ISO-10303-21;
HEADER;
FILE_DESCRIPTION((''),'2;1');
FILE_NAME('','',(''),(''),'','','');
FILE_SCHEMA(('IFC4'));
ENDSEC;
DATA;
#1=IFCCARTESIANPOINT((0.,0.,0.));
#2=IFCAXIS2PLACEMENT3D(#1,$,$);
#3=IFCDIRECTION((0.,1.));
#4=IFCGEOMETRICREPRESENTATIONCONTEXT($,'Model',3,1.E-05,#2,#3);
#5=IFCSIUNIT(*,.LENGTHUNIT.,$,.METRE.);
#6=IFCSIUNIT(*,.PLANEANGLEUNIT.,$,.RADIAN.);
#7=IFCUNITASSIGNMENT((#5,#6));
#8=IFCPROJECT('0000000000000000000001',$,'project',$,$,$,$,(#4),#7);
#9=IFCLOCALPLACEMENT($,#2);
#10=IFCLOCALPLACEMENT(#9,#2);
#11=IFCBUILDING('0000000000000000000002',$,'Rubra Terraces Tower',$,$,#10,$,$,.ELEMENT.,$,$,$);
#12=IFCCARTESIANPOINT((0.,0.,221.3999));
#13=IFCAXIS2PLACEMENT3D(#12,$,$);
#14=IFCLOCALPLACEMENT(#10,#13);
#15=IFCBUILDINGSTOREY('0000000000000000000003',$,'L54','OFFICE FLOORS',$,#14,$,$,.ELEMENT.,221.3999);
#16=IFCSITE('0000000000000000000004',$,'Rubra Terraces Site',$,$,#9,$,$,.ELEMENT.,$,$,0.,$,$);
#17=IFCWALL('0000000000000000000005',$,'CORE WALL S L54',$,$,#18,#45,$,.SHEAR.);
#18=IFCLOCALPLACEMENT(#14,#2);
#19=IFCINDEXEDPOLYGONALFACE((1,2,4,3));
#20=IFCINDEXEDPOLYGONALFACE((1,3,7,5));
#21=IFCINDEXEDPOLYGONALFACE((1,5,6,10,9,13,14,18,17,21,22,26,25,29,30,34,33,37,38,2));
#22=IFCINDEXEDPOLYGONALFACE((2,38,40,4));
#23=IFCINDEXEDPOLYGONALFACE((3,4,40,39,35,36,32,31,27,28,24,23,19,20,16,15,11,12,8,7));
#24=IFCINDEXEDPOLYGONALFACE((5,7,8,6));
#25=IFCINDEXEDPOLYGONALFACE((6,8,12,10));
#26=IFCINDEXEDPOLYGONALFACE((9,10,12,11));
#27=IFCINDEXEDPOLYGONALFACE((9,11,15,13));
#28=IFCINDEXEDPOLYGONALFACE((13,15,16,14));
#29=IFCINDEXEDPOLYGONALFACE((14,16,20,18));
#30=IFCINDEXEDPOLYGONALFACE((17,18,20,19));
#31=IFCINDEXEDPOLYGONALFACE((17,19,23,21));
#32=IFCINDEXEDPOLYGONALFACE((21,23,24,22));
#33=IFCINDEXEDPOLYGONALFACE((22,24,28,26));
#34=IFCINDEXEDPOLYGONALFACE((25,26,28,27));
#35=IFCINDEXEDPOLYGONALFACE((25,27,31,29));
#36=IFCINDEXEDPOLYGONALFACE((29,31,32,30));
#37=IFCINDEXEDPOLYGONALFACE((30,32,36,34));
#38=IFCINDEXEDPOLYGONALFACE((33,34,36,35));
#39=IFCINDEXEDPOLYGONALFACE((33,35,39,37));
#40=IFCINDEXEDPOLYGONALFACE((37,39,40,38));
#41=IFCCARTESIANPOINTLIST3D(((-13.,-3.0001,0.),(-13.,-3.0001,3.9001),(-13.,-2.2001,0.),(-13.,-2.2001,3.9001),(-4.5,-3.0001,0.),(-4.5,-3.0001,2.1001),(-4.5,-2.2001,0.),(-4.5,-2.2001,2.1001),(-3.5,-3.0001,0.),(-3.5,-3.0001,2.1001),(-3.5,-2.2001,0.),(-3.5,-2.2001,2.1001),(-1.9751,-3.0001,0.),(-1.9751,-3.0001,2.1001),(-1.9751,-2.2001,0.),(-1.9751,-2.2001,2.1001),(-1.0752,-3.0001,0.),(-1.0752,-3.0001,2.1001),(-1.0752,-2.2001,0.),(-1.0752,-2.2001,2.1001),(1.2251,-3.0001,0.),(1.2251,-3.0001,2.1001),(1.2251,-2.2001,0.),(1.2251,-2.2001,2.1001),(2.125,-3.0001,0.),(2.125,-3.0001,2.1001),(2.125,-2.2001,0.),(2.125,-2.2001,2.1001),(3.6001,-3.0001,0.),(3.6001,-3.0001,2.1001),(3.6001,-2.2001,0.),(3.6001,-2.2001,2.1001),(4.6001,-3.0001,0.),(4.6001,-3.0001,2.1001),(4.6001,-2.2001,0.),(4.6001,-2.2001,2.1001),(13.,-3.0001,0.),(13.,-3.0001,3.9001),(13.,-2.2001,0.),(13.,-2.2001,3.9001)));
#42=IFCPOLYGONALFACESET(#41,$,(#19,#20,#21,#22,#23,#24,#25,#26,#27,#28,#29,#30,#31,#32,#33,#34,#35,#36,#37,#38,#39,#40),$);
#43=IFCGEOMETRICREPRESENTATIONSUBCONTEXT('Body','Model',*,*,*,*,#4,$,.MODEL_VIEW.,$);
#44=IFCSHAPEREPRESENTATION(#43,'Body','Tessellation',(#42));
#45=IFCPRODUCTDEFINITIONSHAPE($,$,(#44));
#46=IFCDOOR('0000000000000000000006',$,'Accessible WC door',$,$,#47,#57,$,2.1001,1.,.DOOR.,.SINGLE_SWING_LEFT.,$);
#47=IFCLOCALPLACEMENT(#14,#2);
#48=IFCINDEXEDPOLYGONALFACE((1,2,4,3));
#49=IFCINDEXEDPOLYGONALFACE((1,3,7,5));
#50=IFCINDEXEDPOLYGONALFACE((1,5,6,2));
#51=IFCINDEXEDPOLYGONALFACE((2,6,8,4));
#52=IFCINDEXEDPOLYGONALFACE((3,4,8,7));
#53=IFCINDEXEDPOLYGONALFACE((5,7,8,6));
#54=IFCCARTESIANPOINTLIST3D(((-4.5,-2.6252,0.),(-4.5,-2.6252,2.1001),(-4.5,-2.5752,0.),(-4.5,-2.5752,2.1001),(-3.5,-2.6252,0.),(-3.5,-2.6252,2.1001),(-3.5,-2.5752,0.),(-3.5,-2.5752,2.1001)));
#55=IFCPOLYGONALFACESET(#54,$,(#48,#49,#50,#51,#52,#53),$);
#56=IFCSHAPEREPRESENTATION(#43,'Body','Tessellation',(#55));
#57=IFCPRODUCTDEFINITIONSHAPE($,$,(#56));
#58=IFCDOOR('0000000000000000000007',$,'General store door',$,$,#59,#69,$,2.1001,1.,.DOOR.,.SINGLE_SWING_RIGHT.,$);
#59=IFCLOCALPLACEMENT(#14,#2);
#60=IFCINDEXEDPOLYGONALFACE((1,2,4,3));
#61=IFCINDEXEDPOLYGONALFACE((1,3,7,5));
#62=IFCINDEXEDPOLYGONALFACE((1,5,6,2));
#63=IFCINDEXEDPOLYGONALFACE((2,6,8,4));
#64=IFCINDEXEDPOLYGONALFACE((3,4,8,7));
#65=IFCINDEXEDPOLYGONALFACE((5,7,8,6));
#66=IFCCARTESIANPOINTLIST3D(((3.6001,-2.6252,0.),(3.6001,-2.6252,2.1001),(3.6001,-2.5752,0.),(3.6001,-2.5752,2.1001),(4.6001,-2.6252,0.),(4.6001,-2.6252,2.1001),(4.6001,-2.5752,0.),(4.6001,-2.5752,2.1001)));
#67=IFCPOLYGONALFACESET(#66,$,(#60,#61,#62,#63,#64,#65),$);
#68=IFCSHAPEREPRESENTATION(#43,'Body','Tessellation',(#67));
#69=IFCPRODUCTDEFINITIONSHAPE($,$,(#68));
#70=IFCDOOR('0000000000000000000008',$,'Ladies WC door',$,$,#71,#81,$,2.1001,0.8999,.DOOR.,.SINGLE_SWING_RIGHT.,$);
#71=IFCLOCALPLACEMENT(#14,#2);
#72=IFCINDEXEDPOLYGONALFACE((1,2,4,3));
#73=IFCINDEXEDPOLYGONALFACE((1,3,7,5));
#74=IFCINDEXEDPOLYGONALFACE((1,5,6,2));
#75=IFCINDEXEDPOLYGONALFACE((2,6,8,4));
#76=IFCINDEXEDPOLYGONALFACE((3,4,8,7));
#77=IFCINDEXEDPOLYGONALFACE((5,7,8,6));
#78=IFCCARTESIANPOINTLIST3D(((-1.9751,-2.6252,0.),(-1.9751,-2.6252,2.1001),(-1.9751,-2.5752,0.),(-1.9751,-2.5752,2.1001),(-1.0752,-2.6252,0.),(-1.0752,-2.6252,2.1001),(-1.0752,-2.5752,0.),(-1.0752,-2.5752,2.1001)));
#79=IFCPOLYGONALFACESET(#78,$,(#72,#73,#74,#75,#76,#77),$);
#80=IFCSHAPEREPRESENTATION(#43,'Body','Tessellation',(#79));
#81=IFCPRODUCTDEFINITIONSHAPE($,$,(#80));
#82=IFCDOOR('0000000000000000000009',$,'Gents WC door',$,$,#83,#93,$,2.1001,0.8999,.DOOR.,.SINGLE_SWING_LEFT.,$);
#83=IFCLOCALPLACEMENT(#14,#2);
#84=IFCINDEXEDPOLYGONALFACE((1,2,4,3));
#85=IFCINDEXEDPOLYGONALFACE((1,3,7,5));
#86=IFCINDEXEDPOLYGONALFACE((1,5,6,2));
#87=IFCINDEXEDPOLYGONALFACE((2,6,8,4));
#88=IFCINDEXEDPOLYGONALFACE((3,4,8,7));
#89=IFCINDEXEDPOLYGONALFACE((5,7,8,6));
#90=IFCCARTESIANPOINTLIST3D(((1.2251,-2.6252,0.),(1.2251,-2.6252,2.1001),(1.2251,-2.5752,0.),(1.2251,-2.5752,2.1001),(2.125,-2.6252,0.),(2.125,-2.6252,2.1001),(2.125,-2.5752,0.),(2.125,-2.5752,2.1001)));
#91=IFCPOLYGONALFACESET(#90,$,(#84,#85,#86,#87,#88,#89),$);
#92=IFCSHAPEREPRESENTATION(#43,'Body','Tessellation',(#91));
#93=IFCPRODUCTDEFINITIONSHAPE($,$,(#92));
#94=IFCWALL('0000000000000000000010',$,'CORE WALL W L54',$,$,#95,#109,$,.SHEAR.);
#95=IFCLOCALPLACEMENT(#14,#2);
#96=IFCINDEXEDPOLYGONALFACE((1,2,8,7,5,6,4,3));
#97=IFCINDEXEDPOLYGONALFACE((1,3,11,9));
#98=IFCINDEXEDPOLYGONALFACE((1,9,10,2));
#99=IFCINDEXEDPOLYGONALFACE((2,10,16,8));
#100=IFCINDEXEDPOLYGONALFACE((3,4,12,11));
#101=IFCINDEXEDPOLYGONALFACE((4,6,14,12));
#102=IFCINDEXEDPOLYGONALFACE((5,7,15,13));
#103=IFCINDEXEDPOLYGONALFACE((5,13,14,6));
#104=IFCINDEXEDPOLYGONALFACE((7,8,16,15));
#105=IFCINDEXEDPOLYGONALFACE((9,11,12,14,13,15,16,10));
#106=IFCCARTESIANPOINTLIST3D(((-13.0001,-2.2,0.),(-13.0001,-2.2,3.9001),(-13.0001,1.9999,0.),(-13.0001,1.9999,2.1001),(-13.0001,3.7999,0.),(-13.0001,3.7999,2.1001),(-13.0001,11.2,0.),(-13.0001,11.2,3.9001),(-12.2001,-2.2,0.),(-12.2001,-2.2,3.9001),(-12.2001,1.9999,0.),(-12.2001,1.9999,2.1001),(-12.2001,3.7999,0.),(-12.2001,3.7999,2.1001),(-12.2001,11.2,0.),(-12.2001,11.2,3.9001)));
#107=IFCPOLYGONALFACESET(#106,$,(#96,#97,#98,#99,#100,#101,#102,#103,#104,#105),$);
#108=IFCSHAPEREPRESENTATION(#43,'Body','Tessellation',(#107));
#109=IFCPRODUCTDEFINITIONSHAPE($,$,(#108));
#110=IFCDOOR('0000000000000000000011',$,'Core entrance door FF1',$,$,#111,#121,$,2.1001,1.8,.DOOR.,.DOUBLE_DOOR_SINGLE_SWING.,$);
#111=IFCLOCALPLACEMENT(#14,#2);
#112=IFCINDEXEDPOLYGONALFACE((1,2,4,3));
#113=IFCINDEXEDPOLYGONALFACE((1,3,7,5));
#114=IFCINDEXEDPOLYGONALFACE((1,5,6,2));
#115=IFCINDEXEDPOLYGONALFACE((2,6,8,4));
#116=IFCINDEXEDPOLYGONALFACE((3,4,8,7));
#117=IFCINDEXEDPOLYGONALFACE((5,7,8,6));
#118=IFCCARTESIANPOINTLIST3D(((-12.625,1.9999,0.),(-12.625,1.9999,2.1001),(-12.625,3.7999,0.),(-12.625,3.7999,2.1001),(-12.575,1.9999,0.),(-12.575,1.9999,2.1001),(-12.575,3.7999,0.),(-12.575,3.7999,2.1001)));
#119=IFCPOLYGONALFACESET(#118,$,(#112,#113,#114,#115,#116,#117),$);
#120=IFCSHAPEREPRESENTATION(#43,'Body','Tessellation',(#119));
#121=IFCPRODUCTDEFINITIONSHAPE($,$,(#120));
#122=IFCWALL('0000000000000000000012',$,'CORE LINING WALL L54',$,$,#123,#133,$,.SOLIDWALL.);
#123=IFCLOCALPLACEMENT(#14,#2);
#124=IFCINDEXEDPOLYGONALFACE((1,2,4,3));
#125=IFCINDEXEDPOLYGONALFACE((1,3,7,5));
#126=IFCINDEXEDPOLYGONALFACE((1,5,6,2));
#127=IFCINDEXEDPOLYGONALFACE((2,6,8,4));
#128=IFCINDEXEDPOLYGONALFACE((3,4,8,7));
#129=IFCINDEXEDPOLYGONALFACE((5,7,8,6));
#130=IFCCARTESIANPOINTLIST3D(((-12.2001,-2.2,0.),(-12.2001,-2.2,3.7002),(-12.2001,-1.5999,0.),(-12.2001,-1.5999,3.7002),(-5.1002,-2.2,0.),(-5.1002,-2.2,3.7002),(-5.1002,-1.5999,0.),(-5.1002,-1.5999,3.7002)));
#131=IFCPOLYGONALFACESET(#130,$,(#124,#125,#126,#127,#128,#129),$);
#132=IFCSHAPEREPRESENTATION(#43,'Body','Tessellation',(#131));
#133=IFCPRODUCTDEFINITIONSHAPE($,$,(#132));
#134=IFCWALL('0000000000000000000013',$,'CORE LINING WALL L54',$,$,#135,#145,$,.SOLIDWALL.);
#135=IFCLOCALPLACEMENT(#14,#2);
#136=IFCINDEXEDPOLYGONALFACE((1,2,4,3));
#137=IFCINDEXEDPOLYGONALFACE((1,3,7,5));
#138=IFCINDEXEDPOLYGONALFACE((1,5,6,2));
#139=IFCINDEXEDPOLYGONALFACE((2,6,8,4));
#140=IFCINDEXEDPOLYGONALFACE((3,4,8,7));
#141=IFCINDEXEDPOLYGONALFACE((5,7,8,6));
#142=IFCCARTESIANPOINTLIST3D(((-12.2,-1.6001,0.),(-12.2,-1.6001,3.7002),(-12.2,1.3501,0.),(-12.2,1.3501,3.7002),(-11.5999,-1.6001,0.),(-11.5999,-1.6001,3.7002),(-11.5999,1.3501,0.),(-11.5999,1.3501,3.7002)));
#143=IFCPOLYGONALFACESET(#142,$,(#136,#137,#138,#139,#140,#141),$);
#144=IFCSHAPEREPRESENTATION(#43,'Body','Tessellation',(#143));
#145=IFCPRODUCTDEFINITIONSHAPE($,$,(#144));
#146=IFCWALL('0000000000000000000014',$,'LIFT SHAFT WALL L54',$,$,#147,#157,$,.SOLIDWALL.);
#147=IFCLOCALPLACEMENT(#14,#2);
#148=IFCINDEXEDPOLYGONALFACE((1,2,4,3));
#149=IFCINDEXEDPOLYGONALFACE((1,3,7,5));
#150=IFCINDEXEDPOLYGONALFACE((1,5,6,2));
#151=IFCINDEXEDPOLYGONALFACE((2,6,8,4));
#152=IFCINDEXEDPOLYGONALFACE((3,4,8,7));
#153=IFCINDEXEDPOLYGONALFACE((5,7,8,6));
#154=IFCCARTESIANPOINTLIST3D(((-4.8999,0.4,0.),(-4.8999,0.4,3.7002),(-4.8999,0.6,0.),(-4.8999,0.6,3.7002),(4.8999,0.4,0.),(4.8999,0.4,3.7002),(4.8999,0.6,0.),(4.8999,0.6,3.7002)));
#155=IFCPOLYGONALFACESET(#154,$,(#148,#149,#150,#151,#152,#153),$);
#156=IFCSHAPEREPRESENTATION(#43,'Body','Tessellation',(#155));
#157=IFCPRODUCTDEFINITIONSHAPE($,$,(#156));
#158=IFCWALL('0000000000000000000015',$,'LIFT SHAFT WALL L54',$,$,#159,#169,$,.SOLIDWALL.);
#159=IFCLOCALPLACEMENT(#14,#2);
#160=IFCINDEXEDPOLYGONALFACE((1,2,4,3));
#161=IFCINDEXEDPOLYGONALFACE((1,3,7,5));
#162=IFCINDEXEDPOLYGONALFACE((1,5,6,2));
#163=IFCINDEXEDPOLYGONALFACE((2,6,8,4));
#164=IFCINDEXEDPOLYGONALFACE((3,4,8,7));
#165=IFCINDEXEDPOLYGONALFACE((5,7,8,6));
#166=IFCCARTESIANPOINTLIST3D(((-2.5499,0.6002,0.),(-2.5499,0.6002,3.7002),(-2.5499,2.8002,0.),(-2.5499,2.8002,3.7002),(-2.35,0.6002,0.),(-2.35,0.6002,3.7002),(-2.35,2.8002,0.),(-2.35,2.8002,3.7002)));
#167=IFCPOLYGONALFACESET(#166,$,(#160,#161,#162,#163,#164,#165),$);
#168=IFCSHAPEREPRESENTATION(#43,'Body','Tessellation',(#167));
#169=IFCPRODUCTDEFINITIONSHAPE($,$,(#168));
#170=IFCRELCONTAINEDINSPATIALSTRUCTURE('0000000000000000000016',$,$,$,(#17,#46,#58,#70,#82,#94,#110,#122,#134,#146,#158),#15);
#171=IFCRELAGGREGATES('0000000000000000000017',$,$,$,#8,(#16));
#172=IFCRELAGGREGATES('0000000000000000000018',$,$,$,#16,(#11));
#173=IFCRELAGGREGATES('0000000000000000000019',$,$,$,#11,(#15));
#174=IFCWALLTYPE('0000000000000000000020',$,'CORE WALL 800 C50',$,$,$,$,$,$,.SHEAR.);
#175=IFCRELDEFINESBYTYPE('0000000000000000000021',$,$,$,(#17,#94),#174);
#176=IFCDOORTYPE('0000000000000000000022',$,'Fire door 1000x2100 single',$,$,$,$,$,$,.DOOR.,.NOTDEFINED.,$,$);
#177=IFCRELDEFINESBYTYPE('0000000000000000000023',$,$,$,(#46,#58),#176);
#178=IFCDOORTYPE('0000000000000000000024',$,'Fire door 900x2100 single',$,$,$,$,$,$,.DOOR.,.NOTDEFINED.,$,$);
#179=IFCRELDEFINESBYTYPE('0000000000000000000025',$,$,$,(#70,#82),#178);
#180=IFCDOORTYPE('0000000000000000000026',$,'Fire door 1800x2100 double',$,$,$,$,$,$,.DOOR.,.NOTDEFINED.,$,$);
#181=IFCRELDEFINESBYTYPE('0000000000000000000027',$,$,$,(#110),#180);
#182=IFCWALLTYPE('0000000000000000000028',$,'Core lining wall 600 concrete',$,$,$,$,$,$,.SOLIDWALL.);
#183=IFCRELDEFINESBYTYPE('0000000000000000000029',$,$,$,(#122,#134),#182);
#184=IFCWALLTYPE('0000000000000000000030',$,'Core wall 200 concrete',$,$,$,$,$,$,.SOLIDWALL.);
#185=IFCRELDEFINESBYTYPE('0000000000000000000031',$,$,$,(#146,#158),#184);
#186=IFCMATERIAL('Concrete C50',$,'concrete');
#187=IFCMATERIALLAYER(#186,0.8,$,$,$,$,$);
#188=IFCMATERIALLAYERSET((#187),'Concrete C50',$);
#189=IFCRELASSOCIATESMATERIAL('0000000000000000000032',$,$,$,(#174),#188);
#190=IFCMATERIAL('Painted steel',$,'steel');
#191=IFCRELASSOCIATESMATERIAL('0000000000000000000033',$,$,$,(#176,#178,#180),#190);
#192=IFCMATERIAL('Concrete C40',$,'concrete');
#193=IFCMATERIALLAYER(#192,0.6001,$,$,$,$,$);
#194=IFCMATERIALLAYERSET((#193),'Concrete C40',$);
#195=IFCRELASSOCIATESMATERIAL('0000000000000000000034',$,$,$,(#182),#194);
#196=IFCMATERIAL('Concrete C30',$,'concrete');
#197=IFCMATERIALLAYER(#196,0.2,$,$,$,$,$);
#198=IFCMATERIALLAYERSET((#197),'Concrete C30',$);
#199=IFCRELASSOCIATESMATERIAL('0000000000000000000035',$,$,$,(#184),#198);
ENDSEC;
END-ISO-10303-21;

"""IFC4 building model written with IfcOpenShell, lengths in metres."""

from ifc_helpers import new_model, si_unit, direction, frame, frame_2d, origin, place, context, subcontext, project, spatial, rectangle, extrude, material, layer, layer_set, type_object, element, fill, save


model = new_model("IFC4")

# Units and contexts
model_context = context("Model", 3, precision=1e-05, world=origin(), true_north=direction((0.0, 1.0)))
body_context = subcontext(model_context, "Body", "Model", "MODEL_VIEW")
ifc_project = project(units=[si_unit("LENGTHUNIT", "METRE"), si_unit("PLANEANGLEUNIT", "RADIAN")], contexts=[model_context])

# Site, building, storey
site_placement = place(None, origin())
site = spatial("IfcSite", under=ifc_project, at=site_placement, Name="Rubra Terraces Site", CompositionType="ELEMENT", RefElevation=0.0)
building_placement = place(site_placement, origin())
building = spatial("IfcBuilding", under=site, at=building_placement, Name="Rubra Terraces Tower", CompositionType="ELEMENT")
storey_placement = place(building_placement, frame((0.0, 0.0, 221.3999)))
storey = spatial("IfcBuildingStorey", under=building, at=storey_placement, Name="L54", Description="OFFICE FLOORS", CompositionType="ELEMENT", Elevation=221.3999)

# Shared definitions
ifc_material_1 = material(Name="Concrete C40", Category="concrete")

# Wall, openings, doors
ifc_material_2 = material(Name="Concrete C50", Category="concrete")
ifc_layer_1 = layer(ifc_material_2, 0.8)
ifc_layer_set_1 = layer_set([ifc_layer_1], Name="Concrete C50")
wall_type_1 = type_object("IfcWallType", Name="CORE WALL 800 C50", PredefinedType="SHEAR", material=ifc_layer_set_1)
wall_1_placement = place(storey_placement, frame((-13.0, -2.6001, 0.0), z_axis=(0.0, 0.0, 1.0), x_axis=(1.0, 0.0, 0.0)))
wall_1 = element("IfcWall", 1, at=wall_1_placement, inside=storey, type_object=wall_type_1, Name="CORE WALL S L54", PredefinedType="SHEAR", context=body_context, shape_type="SweptSolid", body=[
    extrude(rectangle(XDim=26.0, YDim=0.8, at=frame_2d((13.0, 0.0))), origin(), (0.0, 0.0, 1.0), 3.9001),
])
opening_1_placement = place(wall_1_placement, frame((8.5, 0.0, 0.0)))
opening_1 = element("IfcOpeningElement", 2, at=opening_1_placement, cuts=wall_1, PredefinedType="OPENING", context=body_context, shape_type="SweptSolid", body=[
    extrude(rectangle(XDim=1.0, YDim=2.1001, at=frame_2d((0.5, 1.05))), frame((0.0, 0.4099, 0.0), z_axis=(0.0, -1.0, 0.0), x_axis=(1.0, 0.0, 0.0)), (0.0, 0.0, 1.0), 0.8201),
])
opening_2_placement = place(wall_1_placement, frame((11.0249, 0.0, 0.0)))
opening_2 = element("IfcOpeningElement", 3, at=opening_2_placement, cuts=wall_1, PredefinedType="OPENING", context=body_context, shape_type="SweptSolid", body=[
    extrude(rectangle(XDim=0.8999, YDim=2.1001, at=frame_2d((0.45, 1.05))), frame((0.0, 0.4099, 0.0), z_axis=(0.0, -1.0, 0.0), x_axis=(1.0, 0.0, 0.0)), (0.0, 0.0, 1.0), 0.8201),
])
opening_3_placement = place(wall_1_placement, frame((14.2251, 0.0, 0.0)))
opening_3 = element("IfcOpeningElement", 4, at=opening_3_placement, cuts=wall_1, PredefinedType="OPENING", context=body_context, shape_type="SweptSolid", body=[
    extrude(rectangle(XDim=0.8999, YDim=2.1001, at=frame_2d((0.45, 1.05))), frame((0.0, 0.4099, 0.0), z_axis=(0.0, -1.0, 0.0), x_axis=(1.0, 0.0, 0.0)), (0.0, 0.0, 1.0), 0.8201),
])
opening_4_placement = place(wall_1_placement, frame((16.6001, 0.0, 0.0)))
opening_4 = element("IfcOpeningElement", 5, at=opening_4_placement, cuts=wall_1, PredefinedType="OPENING", context=body_context, shape_type="SweptSolid", body=[
    extrude(rectangle(XDim=1.0, YDim=2.1001, at=frame_2d((0.5, 1.05))), frame((0.0, 0.4099, 0.0), z_axis=(0.0, -1.0, 0.0), x_axis=(1.0, 0.0, 0.0)), (0.0, 0.0, 1.0), 0.8201),
])
ifc_material_3 = material(Name="Painted steel", Category="steel")
door_type_1 = type_object("IfcDoorType", Name="Fire door 1000x2100 single", OperationType="NOTDEFINED", PredefinedType="DOOR", material=ifc_material_3)
door_1_placement = place(opening_1_placement, origin())
door_1 = element("IfcDoor", 6, at=door_1_placement, inside=storey, type_object=door_type_1, Name="Accessible WC door", OperationType="SINGLE_SWING_LEFT", OverallHeight=2.1001, OverallWidth=1.0, PredefinedType="DOOR", context=body_context, shape_type="SweptSolid", body=[
    extrude(rectangle(XDim=1.0, YDim=2.1001, at=frame_2d((0.5, 1.05))), frame((0.0, 0.0249, 0.0), z_axis=(0.0, -1.0, 0.0), x_axis=(1.0, 0.0, 0.0)), (0.0, 0.0, 1.0), 0.05),
])
fill(opening_1, door_1)
door_2_placement = place(opening_4_placement, origin())
door_2 = element("IfcDoor", 7, at=door_2_placement, inside=storey, type_object=door_type_1, Name="General store door", OperationType="SINGLE_SWING_RIGHT", OverallHeight=2.1001, OverallWidth=1.0, PredefinedType="DOOR", context=body_context, shape_type="SweptSolid", body=[
    extrude(rectangle(XDim=1.0, YDim=2.1001, at=frame_2d((0.5, 1.05))), frame((0.0, 0.0249, 0.0), z_axis=(0.0, -1.0, 0.0), x_axis=(1.0, 0.0, 0.0)), (0.0, 0.0, 1.0), 0.05),
])
fill(opening_4, door_2)
door_type_2 = type_object("IfcDoorType", Name="Fire door 900x2100 single", OperationType="NOTDEFINED", PredefinedType="DOOR", material=ifc_material_3)
door_3_placement = place(opening_2_placement, origin())
door_3 = element("IfcDoor", 8, at=door_3_placement, inside=storey, type_object=door_type_2, Name="Ladies WC door", OperationType="SINGLE_SWING_RIGHT", OverallHeight=2.1001, OverallWidth=0.8999, PredefinedType="DOOR", context=body_context, shape_type="SweptSolid", body=[
    extrude(rectangle(XDim=0.8999, YDim=2.1001, at=frame_2d((0.45, 1.05))), frame((0.0, 0.0249, 0.0), z_axis=(0.0, -1.0, 0.0), x_axis=(1.0, 0.0, 0.0)), (0.0, 0.0, 1.0), 0.05),
])
fill(opening_2, door_3)
door_4_placement = place(opening_3_placement, origin())
door_4 = element("IfcDoor", 9, at=door_4_placement, inside=storey, type_object=door_type_2, Name="Gents WC door", OperationType="SINGLE_SWING_LEFT", OverallHeight=2.1001, OverallWidth=0.8999, PredefinedType="DOOR", context=body_context, shape_type="SweptSolid", body=[
    extrude(rectangle(XDim=0.8999, YDim=2.1001, at=frame_2d((0.45, 1.05))), frame((0.0, 0.0249, 0.0), z_axis=(0.0, -1.0, 0.0), x_axis=(1.0, 0.0, 0.0)), (0.0, 0.0, 1.0), 0.05),
])
fill(opening_3, door_4)

# Wall, opening, door
wall_2_placement = place(storey_placement, frame((-12.6001, -2.2, 0.0), z_axis=(0.0, 0.0, 1.0), x_axis=(0.0, 1.0, 0.0)))
wall_2 = element("IfcWall", 10, at=wall_2_placement, inside=storey, type_object=wall_type_1, Name="CORE WALL W L54", PredefinedType="SHEAR", context=body_context, shape_type="SweptSolid", body=[
    extrude(rectangle(XDim=13.3999, YDim=0.8, at=frame_2d((6.7, 0.0))), origin(), (0.0, 0.0, 1.0), 3.9001),
])
opening_5_placement = place(wall_2_placement, frame((4.2, 0.0, 0.0)))
opening_5 = element("IfcOpeningElement", 11, at=opening_5_placement, cuts=wall_2, PredefinedType="OPENING", context=body_context, shape_type="SweptSolid", body=[
    extrude(rectangle(XDim=1.8, YDim=2.1001, at=frame_2d((0.8999, 1.05))), frame((0.0, 0.4099, 0.0), z_axis=(0.0, -1.0, 0.0), x_axis=(1.0, 0.0, 0.0)), (0.0, 0.0, 1.0), 0.8201),
])
door_type_3 = type_object("IfcDoorType", Name="Fire door 1800x2100 double", OperationType="NOTDEFINED", PredefinedType="DOOR", material=ifc_material_3)
door_5_placement = place(opening_5_placement, origin())
door_5 = element("IfcDoor", 12, at=door_5_placement, inside=storey, type_object=door_type_3, Name="Core entrance door FF1", OperationType="DOUBLE_DOOR_SINGLE_SWING", OverallHeight=2.1001, OverallWidth=1.8, PredefinedType="DOOR", context=body_context, shape_type="SweptSolid", body=[
    extrude(rectangle(XDim=1.8, YDim=2.1001, at=frame_2d((0.8999, 1.05))), frame((0.0, 0.0249, 0.0), z_axis=(0.0, -1.0, 0.0), x_axis=(1.0, 0.0, 0.0)), (0.0, 0.0, 1.0), 0.05),
])
fill(opening_5, door_5)

# Walls
ifc_layer_2 = layer(ifc_material_1, 0.6001)
ifc_layer_set_2 = layer_set([ifc_layer_2], Name="Concrete C40")
wall_type_2 = type_object("IfcWallType", Name="Core lining wall 600 concrete", PredefinedType="SOLIDWALL", material=ifc_layer_set_2)
wall_3_placement = place(storey_placement, frame((-12.2, -1.8999, 0.0), z_axis=(0.0, 0.0, 1.0), x_axis=(1.0, 0.0, 0.0)))
element("IfcWall", 13, at=wall_3_placement, inside=storey, type_object=wall_type_2, Name="CORE LINING WALL L54", PredefinedType="SOLIDWALL", context=body_context, shape_type="SweptSolid", body=[
    extrude(rectangle(XDim=7.0999, YDim=0.6001, at=frame_2d((3.5498, 0.0))), origin(), (0.0, 0.0, 1.0), 3.7002),
])
wall_4_placement = place(storey_placement, frame((-11.8999, -1.6001, 0.0), z_axis=(0.0, 0.0, 1.0), x_axis=(0.0, 1.0, 0.0)))
element("IfcWall", 14, at=wall_4_placement, inside=storey, type_object=wall_type_2, Name="CORE LINING WALL L54", PredefinedType="SOLIDWALL", context=body_context, shape_type="SweptSolid", body=[
    extrude(rectangle(XDim=2.9502, YDim=0.6001, at=frame_2d((1.4751, 0.0))), origin(), (0.0, 0.0, 1.0), 3.7002),
])
ifc_material_4 = material(Name="Concrete C30", Category="concrete")
ifc_layer_3 = layer(ifc_material_4, 0.2)
ifc_layer_set_3 = layer_set([ifc_layer_3], Name="Concrete C30")
wall_type_3 = type_object("IfcWallType", Name="Core wall 200 concrete", PredefinedType="SOLIDWALL", material=ifc_layer_set_3)
wall_5_placement = place(storey_placement, frame((-4.8999, 0.5, 0.0), z_axis=(0.0, 0.0, 1.0), x_axis=(1.0, 0.0, 0.0)))
element("IfcWall", 15, at=wall_5_placement, inside=storey, type_object=wall_type_3, Name="LIFT SHAFT WALL L54", PredefinedType="SOLIDWALL", context=body_context, shape_type="SweptSolid", body=[
    extrude(rectangle(XDim=9.7998, YDim=0.2, at=frame_2d((4.8999, 0.0))), origin(), (0.0, 0.0, 1.0), 3.7002),
])
for number, where, z_axis, x_axis, name in (
    (16, (-2.45, 0.6001, 0.0), (0.0, 0.0, 1.0), (0.0, 1.0, 0.0), "LIFT SHAFT WALL L54"),
):
    element("IfcWall", number, at=place(storey_placement, frame(where, z_axis=z_axis, x_axis=x_axis)), inside=storey, type_object=wall_type_3, Name=name, PredefinedType="SOLIDWALL", context=body_context, shape_type="SweptSolid", body=[
        extrude(rectangle(XDim=2.2, YDim=0.2, at=frame_2d((1.1001, 0.0))), origin(), (0.0, 0.0, 1.0), 3.7002),
    ])

save(model, "model.ifc")
